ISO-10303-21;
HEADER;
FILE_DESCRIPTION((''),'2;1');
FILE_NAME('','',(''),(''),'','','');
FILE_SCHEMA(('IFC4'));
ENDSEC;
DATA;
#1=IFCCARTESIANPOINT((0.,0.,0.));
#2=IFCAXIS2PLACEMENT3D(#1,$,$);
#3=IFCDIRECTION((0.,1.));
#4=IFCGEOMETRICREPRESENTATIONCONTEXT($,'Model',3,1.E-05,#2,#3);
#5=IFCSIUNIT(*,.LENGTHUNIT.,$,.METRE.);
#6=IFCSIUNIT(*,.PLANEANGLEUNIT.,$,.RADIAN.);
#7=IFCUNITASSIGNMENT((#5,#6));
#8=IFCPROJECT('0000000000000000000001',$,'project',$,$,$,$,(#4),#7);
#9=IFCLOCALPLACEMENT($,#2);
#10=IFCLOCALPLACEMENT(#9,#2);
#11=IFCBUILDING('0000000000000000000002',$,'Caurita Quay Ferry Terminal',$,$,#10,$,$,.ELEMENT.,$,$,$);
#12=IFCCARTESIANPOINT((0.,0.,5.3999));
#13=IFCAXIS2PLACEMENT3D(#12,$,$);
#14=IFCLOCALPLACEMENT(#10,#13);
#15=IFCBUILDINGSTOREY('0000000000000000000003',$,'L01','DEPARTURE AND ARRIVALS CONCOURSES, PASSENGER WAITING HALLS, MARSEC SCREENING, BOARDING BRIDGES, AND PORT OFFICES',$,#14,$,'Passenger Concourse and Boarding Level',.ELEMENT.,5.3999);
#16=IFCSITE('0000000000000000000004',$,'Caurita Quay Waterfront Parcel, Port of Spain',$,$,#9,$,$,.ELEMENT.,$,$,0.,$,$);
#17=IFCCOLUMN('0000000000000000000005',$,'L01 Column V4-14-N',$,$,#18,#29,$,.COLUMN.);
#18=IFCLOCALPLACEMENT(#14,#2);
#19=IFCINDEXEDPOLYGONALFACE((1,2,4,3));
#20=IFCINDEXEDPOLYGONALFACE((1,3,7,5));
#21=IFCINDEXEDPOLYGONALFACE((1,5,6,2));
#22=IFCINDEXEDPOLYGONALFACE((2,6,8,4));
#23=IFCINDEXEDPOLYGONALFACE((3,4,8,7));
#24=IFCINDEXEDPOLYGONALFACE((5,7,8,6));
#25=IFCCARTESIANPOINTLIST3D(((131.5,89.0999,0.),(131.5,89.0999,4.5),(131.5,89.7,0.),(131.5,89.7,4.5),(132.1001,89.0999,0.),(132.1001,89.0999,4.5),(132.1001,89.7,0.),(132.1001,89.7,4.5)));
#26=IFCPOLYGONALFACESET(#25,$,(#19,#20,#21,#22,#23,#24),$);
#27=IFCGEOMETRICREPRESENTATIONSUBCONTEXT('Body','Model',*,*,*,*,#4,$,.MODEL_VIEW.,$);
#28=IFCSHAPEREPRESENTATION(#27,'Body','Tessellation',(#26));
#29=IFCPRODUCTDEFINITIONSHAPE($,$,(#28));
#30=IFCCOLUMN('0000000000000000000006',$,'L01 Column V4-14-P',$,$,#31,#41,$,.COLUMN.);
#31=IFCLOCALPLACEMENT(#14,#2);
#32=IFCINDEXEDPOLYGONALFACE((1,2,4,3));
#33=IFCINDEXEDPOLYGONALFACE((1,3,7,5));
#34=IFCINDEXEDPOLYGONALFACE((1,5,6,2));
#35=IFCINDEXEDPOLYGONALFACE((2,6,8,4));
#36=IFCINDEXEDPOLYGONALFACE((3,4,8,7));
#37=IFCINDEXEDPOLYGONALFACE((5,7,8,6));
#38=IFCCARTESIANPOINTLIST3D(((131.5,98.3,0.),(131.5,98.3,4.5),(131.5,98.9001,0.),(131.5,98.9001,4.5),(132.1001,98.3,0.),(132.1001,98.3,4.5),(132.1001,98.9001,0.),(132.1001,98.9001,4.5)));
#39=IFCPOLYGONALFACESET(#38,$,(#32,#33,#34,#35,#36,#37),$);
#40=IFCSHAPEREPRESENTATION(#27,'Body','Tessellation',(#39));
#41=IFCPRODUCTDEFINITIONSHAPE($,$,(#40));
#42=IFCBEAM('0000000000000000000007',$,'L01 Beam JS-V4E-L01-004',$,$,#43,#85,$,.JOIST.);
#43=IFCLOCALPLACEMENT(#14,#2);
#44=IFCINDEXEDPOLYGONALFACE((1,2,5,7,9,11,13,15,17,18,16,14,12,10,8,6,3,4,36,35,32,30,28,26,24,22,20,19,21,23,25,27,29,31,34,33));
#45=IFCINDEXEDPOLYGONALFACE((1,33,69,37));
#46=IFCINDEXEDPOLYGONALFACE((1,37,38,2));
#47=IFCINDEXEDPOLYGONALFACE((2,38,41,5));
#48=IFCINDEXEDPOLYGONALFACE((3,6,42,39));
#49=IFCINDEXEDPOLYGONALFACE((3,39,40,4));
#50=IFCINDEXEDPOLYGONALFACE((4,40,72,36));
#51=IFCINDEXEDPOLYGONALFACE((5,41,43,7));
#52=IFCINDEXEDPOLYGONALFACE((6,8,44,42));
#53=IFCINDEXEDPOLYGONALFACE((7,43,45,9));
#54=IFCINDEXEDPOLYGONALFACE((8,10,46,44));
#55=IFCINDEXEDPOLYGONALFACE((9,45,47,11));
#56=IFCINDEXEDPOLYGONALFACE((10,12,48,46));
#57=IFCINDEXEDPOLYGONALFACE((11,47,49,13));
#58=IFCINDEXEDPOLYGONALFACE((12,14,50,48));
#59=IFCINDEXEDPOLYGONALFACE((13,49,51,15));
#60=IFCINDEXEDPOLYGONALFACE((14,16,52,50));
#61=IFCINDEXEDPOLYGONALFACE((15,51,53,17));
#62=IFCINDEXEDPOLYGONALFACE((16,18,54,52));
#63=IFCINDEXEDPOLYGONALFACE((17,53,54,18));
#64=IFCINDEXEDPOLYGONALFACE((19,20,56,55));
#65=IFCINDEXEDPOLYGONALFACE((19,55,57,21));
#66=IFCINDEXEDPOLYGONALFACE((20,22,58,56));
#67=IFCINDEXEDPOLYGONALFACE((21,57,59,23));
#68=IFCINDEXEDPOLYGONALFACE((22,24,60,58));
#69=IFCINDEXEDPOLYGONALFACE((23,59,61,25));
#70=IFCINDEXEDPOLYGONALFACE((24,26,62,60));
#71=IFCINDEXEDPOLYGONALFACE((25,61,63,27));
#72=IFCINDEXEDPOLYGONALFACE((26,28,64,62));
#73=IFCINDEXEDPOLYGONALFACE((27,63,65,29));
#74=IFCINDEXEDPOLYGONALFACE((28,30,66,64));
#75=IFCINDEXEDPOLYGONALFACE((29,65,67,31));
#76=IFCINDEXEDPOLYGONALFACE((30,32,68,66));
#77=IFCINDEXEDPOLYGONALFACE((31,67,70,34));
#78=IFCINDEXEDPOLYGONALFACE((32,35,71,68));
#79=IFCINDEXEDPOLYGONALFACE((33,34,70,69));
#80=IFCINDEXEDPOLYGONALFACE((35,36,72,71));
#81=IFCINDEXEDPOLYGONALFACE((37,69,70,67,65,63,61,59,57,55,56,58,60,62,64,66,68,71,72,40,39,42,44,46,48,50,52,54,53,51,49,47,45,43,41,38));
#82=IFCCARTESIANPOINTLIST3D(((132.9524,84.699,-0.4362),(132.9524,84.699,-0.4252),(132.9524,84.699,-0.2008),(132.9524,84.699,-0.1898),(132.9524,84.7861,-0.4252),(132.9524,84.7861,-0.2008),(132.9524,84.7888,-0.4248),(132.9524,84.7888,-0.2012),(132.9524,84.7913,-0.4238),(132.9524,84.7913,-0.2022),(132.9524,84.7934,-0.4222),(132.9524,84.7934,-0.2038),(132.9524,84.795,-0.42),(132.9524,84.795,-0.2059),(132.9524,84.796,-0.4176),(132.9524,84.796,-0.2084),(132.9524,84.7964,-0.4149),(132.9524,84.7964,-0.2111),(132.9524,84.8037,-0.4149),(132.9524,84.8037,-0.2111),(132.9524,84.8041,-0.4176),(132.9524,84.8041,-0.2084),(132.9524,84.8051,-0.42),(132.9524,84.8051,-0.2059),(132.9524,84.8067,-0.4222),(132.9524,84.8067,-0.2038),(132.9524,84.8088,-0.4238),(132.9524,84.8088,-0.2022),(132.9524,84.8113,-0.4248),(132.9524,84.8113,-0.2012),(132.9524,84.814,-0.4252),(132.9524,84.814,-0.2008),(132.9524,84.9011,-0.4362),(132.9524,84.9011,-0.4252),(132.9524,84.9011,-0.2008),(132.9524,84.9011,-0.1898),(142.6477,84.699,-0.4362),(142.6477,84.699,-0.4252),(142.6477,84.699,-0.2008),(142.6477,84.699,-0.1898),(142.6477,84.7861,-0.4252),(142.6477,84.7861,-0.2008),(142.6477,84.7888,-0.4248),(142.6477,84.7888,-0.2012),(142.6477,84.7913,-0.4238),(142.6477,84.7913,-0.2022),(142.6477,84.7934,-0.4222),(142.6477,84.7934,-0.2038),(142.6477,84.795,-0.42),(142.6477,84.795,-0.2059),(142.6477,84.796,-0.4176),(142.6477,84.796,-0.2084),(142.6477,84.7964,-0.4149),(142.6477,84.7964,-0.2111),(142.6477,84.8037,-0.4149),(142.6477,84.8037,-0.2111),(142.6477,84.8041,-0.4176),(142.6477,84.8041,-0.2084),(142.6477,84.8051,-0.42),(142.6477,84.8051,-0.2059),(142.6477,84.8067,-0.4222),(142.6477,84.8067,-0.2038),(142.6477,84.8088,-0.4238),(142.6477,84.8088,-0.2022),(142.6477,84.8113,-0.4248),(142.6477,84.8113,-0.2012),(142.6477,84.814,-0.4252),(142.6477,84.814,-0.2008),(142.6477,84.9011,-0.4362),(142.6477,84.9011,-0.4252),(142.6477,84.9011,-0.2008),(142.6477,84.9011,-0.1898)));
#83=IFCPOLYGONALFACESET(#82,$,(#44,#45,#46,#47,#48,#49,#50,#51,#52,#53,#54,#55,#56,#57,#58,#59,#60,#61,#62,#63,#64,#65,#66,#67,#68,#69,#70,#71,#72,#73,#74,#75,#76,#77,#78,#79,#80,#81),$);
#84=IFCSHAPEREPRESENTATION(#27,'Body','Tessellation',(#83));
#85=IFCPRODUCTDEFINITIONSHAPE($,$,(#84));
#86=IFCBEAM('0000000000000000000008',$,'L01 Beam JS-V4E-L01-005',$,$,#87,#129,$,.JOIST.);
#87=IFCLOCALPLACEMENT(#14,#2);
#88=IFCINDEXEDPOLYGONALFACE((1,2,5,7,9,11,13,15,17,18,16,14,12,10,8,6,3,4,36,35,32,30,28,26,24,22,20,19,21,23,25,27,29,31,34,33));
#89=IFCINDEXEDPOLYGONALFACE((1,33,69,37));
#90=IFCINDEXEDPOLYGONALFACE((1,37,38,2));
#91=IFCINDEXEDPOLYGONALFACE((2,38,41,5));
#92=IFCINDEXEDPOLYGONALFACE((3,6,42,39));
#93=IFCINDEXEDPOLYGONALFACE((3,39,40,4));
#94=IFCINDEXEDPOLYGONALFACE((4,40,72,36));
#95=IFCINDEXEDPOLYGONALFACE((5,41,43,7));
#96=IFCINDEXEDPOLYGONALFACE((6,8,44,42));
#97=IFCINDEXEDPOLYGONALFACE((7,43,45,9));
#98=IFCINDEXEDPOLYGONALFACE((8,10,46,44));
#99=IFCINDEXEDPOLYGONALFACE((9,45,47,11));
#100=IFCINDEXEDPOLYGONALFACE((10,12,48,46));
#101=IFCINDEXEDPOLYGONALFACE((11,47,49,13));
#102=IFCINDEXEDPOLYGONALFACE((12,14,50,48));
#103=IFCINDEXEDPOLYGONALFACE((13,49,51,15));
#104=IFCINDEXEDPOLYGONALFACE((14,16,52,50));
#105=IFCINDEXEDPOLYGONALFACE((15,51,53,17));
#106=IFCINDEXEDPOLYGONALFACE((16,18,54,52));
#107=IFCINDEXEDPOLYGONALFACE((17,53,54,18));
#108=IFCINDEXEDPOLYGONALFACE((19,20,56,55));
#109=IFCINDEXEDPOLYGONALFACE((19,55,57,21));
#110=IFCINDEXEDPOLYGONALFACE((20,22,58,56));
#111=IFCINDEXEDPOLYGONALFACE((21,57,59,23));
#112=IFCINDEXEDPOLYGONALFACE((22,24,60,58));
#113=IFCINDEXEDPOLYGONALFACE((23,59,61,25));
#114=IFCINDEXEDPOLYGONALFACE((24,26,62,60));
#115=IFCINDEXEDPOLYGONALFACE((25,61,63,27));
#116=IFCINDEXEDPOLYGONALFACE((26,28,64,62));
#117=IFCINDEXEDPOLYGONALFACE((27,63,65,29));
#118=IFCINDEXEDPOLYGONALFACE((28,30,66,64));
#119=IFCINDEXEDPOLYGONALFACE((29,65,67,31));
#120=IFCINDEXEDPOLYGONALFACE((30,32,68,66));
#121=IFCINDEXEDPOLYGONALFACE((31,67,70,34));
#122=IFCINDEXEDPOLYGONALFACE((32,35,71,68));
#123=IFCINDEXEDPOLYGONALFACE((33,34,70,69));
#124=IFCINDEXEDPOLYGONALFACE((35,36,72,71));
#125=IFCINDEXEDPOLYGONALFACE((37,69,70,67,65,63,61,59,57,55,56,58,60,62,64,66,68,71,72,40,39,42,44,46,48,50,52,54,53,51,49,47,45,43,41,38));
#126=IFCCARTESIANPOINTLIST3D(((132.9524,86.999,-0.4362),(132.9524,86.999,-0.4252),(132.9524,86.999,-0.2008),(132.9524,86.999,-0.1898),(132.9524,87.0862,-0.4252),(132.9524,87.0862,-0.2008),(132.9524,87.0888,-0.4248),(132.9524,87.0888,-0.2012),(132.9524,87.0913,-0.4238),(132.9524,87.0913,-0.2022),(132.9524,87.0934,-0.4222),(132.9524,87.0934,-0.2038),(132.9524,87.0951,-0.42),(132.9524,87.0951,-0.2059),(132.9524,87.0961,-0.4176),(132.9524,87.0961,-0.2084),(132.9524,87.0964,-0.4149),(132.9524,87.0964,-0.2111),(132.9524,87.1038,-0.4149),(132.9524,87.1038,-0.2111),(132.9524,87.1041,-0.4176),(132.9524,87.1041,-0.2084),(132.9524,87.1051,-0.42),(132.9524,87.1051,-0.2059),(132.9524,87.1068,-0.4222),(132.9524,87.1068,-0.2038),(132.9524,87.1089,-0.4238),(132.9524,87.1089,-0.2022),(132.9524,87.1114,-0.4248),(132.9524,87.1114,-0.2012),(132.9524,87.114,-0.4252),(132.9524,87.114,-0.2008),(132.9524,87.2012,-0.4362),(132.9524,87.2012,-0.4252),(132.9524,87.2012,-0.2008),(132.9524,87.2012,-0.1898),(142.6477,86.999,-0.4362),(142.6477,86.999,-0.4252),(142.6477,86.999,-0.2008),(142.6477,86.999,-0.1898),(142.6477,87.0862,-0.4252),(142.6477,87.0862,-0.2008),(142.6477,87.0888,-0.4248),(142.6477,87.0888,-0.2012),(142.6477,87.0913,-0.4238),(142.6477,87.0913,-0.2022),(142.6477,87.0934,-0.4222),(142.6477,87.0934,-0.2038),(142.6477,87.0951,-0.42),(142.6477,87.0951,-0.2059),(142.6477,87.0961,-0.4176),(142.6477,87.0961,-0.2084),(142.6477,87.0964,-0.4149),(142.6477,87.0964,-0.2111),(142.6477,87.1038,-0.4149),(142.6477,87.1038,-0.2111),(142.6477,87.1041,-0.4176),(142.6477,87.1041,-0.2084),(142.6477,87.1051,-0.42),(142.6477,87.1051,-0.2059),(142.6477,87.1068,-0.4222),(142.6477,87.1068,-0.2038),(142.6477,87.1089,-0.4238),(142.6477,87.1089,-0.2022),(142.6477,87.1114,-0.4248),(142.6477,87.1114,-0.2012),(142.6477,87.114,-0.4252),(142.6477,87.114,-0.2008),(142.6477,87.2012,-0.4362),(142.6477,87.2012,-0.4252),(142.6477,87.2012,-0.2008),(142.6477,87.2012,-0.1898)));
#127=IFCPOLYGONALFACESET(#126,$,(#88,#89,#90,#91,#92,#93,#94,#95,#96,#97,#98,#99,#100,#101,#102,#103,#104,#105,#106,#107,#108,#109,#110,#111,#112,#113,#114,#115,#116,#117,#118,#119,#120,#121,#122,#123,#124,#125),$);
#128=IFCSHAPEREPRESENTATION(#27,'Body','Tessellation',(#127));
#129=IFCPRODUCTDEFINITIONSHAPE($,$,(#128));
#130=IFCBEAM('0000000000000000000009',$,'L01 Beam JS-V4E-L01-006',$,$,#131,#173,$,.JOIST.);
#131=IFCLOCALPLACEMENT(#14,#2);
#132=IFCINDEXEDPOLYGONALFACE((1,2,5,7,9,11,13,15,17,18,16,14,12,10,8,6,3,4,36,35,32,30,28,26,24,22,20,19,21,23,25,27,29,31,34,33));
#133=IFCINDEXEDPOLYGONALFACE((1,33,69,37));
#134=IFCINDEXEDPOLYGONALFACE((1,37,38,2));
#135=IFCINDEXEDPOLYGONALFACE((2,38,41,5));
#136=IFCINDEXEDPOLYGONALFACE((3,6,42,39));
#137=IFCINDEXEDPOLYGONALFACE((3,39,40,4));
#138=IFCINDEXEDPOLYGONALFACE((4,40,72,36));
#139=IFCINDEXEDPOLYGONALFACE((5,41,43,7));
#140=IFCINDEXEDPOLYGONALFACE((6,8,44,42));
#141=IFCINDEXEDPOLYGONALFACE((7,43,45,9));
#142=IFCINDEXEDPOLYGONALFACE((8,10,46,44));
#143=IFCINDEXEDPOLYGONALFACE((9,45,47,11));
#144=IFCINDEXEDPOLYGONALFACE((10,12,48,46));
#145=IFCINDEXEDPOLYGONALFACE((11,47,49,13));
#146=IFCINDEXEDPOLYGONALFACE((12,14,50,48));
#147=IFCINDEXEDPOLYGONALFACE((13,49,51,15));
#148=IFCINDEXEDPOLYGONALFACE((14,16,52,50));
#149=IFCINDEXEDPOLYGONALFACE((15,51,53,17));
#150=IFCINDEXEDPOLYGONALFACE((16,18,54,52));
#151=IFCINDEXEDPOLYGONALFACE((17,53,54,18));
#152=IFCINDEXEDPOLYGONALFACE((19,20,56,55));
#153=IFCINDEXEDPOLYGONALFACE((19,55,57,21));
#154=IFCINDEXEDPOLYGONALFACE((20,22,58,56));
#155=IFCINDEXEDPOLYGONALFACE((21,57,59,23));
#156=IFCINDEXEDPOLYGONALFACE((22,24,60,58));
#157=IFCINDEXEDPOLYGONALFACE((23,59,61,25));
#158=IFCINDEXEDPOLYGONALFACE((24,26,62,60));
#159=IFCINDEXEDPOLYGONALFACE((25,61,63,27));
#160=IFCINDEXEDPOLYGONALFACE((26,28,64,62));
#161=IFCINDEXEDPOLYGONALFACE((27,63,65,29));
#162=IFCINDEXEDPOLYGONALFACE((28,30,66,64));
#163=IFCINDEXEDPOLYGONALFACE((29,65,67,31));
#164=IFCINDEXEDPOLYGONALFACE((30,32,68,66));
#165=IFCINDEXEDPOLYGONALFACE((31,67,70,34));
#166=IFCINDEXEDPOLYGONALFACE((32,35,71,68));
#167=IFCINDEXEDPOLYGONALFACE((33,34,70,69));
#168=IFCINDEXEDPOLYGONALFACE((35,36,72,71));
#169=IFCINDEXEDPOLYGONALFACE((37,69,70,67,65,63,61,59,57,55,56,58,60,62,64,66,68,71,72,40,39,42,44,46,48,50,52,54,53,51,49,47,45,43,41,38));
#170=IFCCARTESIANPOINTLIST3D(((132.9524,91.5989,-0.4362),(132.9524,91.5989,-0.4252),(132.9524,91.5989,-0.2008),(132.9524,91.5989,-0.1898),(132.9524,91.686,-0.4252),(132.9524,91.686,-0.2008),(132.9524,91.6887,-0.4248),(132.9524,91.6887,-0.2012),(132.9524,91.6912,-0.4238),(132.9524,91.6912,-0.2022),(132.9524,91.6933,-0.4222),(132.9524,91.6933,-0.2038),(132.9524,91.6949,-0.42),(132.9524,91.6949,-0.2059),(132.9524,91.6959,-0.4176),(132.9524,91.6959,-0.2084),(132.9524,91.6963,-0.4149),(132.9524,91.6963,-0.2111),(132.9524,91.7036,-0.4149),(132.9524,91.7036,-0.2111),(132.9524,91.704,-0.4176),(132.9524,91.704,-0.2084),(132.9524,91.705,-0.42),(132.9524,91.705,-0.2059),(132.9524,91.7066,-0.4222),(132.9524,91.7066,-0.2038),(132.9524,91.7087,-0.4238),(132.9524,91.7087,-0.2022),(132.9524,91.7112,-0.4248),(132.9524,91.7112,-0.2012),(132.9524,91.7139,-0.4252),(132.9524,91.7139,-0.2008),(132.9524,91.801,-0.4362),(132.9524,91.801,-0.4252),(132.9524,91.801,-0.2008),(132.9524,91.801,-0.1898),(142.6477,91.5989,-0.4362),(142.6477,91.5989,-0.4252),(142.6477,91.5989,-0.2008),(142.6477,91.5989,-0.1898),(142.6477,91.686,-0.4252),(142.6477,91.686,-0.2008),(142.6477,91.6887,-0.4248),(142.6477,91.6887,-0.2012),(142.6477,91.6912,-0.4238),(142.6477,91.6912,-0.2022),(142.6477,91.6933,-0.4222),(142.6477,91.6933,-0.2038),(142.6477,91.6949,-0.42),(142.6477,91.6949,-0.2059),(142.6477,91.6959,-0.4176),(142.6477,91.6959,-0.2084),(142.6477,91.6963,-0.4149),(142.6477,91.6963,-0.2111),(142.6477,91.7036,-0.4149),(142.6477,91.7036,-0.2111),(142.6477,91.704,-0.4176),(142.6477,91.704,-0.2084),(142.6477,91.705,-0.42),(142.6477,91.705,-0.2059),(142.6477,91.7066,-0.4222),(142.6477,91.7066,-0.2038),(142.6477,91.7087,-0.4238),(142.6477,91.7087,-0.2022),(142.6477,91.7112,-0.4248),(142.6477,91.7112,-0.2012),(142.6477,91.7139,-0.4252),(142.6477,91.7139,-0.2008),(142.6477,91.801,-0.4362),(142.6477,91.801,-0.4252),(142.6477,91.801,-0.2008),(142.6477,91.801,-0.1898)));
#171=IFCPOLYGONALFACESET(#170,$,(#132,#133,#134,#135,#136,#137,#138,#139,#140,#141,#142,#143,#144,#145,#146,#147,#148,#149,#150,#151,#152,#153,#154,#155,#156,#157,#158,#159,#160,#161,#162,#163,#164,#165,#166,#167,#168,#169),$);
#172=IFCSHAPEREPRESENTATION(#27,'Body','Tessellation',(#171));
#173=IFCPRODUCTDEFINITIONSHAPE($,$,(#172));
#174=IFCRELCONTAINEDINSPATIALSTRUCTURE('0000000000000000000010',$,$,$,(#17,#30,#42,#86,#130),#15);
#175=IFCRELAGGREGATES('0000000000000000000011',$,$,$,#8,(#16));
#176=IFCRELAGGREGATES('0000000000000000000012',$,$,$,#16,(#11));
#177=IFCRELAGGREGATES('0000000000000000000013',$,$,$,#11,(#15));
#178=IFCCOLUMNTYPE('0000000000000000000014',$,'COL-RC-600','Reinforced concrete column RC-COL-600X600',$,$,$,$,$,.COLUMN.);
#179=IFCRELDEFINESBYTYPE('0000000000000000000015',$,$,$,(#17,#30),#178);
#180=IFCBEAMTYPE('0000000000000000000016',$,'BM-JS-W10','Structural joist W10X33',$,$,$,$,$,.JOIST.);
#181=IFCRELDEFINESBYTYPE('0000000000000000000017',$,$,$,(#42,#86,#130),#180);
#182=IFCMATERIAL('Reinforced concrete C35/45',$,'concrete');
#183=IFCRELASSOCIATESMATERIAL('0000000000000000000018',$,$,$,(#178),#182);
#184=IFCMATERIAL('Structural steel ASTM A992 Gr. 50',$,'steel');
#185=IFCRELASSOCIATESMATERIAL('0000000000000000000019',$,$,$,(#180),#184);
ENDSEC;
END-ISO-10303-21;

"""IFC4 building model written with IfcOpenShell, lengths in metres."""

from ifc_helpers import new_model, si_unit, direction, frame, origin, origin_2d, place, context, subcontext, project, spatial, rectangle, i_section, extrude, material, material_profile, profile_set, type_object, element, save


model = new_model("IFC4")

# Units and contexts
model_context = context("Model", 3, precision=1e-05, world=origin(), true_north=direction((0.0, 1.0)))
body_context = subcontext(model_context, "Body", "Model", "MODEL_VIEW")
ifc_project = project(units=[si_unit("LENGTHUNIT", "METRE"), si_unit("PLANEANGLEUNIT", "RADIAN")], contexts=[model_context])

# Site, building, storey
site_placement = place(None, origin())
site = spatial("IfcSite", under=ifc_project, at=site_placement, Name="Caurita Quay Waterfront Parcel, Port of Spain", CompositionType="ELEMENT", RefElevation=0.0)
building_placement = place(site_placement, origin())
building = spatial("IfcBuilding", under=site, at=building_placement, Name="Caurita Quay Ferry Terminal", CompositionType="ELEMENT")
storey_placement = place(building_placement, frame((0.0, 0.0, 5.3999)))
storey = spatial("IfcBuildingStorey", under=building, at=storey_placement, Name="L01", Description="DEPARTURE AND ARRIVALS CONCOURSES, PASSENGER WAITING HALLS, MARSEC SCREENING, BOARDING BRIDGES, AND PORT OFFICES", LongName="Passenger Concourse and Boarding Level", CompositionType="ELEMENT", Elevation=5.3999)

# Columns
ifc_material_1 = material(Name="Reinforced concrete C35/45", Category="concrete")
ifc_material_profile_1 = material_profile(ifc_material_1, rectangle(XDim=0.6001, YDim=0.6001, at=origin_2d()), Name="RC-COL-600X600")
ifc_profile_set_1 = profile_set([ifc_material_profile_1], Name="Reinforced concrete C35/45")
column_type = type_object("IfcColumnType", Name="COL-RC-600", Description="Reinforced concrete column RC-COL-600X600", PredefinedType="COLUMN", material=ifc_profile_set_1)
for number, where, z_axis, x_axis, name in (
    (1, (131.8, 89.3999, 0.0), (0.0, 0.0, 1.0), (1.0, 0.0, 0.0), "L01 Column V4-14-N"),
    (2, (131.8, 98.6001, 0.0), (0.0, 0.0, 1.0), (1.0, 0.0, 0.0), "L01 Column V4-14-P"),
):
    element("IfcColumn", number, at=place(storey_placement, frame(where, z_axis=z_axis, x_axis=x_axis)), inside=storey, type_object=column_type, Name=name, PredefinedType="COLUMN", context=body_context, shape_type="SweptSolid", body=[
        extrude(rectangle(XDim=0.6001, YDim=0.6001, at=origin_2d()), origin(), (0.0, 0.0, 1.0), 4.5),
    ])

# Beams
ifc_material_2 = material(Name="Structural steel ASTM A992 Gr. 50", Category="steel")
ifc_material_profile_2 = material_profile(ifc_material_2, i_section(OverallWidth=0.2021, OverallDepth=0.2463, WebThickness=0.0073, FlangeThickness=0.011, FilletRadius=0.0103, at=origin_2d()), Name="W10X33")
ifc_profile_set_2 = profile_set([ifc_material_profile_2], Name="Structural steel ASTM A992 Gr. 50")
beam_type_1 = type_object("IfcBeamType", Name="BM-JS-W10", Description="Structural joist W10X33", PredefinedType="JOIST", material=ifc_profile_set_2)
for number, where, z_axis, x_axis, name in (
    (3, (132.9524, 84.8, -0.313), (1.0, 0.0, 0.0), (0.0, 1.0, 0.0), "L01 Beam JS-V4E-L01-004"),
    (4, (132.9524, 87.1001, -0.313), (1.0, 0.0, 0.0), (0.0, 1.0, 0.0), "L01 Beam JS-V4E-L01-005"),
    (5, (132.9524, 91.7, -0.313), (1.0, 0.0, 0.0), (0.0, 1.0, 0.0), "L01 Beam JS-V4E-L01-006"),
):
    element("IfcBeam", number, at=place(storey_placement, frame(where, z_axis=z_axis, x_axis=x_axis)), inside=storey, type_object=beam_type_1, Name=name, PredefinedType="JOIST", context=body_context, shape_type="SweptSolid", body=[
        extrude(i_section(OverallWidth=0.2021, OverallDepth=0.2463, WebThickness=0.0073, FlangeThickness=0.011, FilletRadius=0.0103, at=origin_2d()), origin(), (0.0, 0.0, 1.0), 9.6953),
    ])

save(model, "model.ifc")
